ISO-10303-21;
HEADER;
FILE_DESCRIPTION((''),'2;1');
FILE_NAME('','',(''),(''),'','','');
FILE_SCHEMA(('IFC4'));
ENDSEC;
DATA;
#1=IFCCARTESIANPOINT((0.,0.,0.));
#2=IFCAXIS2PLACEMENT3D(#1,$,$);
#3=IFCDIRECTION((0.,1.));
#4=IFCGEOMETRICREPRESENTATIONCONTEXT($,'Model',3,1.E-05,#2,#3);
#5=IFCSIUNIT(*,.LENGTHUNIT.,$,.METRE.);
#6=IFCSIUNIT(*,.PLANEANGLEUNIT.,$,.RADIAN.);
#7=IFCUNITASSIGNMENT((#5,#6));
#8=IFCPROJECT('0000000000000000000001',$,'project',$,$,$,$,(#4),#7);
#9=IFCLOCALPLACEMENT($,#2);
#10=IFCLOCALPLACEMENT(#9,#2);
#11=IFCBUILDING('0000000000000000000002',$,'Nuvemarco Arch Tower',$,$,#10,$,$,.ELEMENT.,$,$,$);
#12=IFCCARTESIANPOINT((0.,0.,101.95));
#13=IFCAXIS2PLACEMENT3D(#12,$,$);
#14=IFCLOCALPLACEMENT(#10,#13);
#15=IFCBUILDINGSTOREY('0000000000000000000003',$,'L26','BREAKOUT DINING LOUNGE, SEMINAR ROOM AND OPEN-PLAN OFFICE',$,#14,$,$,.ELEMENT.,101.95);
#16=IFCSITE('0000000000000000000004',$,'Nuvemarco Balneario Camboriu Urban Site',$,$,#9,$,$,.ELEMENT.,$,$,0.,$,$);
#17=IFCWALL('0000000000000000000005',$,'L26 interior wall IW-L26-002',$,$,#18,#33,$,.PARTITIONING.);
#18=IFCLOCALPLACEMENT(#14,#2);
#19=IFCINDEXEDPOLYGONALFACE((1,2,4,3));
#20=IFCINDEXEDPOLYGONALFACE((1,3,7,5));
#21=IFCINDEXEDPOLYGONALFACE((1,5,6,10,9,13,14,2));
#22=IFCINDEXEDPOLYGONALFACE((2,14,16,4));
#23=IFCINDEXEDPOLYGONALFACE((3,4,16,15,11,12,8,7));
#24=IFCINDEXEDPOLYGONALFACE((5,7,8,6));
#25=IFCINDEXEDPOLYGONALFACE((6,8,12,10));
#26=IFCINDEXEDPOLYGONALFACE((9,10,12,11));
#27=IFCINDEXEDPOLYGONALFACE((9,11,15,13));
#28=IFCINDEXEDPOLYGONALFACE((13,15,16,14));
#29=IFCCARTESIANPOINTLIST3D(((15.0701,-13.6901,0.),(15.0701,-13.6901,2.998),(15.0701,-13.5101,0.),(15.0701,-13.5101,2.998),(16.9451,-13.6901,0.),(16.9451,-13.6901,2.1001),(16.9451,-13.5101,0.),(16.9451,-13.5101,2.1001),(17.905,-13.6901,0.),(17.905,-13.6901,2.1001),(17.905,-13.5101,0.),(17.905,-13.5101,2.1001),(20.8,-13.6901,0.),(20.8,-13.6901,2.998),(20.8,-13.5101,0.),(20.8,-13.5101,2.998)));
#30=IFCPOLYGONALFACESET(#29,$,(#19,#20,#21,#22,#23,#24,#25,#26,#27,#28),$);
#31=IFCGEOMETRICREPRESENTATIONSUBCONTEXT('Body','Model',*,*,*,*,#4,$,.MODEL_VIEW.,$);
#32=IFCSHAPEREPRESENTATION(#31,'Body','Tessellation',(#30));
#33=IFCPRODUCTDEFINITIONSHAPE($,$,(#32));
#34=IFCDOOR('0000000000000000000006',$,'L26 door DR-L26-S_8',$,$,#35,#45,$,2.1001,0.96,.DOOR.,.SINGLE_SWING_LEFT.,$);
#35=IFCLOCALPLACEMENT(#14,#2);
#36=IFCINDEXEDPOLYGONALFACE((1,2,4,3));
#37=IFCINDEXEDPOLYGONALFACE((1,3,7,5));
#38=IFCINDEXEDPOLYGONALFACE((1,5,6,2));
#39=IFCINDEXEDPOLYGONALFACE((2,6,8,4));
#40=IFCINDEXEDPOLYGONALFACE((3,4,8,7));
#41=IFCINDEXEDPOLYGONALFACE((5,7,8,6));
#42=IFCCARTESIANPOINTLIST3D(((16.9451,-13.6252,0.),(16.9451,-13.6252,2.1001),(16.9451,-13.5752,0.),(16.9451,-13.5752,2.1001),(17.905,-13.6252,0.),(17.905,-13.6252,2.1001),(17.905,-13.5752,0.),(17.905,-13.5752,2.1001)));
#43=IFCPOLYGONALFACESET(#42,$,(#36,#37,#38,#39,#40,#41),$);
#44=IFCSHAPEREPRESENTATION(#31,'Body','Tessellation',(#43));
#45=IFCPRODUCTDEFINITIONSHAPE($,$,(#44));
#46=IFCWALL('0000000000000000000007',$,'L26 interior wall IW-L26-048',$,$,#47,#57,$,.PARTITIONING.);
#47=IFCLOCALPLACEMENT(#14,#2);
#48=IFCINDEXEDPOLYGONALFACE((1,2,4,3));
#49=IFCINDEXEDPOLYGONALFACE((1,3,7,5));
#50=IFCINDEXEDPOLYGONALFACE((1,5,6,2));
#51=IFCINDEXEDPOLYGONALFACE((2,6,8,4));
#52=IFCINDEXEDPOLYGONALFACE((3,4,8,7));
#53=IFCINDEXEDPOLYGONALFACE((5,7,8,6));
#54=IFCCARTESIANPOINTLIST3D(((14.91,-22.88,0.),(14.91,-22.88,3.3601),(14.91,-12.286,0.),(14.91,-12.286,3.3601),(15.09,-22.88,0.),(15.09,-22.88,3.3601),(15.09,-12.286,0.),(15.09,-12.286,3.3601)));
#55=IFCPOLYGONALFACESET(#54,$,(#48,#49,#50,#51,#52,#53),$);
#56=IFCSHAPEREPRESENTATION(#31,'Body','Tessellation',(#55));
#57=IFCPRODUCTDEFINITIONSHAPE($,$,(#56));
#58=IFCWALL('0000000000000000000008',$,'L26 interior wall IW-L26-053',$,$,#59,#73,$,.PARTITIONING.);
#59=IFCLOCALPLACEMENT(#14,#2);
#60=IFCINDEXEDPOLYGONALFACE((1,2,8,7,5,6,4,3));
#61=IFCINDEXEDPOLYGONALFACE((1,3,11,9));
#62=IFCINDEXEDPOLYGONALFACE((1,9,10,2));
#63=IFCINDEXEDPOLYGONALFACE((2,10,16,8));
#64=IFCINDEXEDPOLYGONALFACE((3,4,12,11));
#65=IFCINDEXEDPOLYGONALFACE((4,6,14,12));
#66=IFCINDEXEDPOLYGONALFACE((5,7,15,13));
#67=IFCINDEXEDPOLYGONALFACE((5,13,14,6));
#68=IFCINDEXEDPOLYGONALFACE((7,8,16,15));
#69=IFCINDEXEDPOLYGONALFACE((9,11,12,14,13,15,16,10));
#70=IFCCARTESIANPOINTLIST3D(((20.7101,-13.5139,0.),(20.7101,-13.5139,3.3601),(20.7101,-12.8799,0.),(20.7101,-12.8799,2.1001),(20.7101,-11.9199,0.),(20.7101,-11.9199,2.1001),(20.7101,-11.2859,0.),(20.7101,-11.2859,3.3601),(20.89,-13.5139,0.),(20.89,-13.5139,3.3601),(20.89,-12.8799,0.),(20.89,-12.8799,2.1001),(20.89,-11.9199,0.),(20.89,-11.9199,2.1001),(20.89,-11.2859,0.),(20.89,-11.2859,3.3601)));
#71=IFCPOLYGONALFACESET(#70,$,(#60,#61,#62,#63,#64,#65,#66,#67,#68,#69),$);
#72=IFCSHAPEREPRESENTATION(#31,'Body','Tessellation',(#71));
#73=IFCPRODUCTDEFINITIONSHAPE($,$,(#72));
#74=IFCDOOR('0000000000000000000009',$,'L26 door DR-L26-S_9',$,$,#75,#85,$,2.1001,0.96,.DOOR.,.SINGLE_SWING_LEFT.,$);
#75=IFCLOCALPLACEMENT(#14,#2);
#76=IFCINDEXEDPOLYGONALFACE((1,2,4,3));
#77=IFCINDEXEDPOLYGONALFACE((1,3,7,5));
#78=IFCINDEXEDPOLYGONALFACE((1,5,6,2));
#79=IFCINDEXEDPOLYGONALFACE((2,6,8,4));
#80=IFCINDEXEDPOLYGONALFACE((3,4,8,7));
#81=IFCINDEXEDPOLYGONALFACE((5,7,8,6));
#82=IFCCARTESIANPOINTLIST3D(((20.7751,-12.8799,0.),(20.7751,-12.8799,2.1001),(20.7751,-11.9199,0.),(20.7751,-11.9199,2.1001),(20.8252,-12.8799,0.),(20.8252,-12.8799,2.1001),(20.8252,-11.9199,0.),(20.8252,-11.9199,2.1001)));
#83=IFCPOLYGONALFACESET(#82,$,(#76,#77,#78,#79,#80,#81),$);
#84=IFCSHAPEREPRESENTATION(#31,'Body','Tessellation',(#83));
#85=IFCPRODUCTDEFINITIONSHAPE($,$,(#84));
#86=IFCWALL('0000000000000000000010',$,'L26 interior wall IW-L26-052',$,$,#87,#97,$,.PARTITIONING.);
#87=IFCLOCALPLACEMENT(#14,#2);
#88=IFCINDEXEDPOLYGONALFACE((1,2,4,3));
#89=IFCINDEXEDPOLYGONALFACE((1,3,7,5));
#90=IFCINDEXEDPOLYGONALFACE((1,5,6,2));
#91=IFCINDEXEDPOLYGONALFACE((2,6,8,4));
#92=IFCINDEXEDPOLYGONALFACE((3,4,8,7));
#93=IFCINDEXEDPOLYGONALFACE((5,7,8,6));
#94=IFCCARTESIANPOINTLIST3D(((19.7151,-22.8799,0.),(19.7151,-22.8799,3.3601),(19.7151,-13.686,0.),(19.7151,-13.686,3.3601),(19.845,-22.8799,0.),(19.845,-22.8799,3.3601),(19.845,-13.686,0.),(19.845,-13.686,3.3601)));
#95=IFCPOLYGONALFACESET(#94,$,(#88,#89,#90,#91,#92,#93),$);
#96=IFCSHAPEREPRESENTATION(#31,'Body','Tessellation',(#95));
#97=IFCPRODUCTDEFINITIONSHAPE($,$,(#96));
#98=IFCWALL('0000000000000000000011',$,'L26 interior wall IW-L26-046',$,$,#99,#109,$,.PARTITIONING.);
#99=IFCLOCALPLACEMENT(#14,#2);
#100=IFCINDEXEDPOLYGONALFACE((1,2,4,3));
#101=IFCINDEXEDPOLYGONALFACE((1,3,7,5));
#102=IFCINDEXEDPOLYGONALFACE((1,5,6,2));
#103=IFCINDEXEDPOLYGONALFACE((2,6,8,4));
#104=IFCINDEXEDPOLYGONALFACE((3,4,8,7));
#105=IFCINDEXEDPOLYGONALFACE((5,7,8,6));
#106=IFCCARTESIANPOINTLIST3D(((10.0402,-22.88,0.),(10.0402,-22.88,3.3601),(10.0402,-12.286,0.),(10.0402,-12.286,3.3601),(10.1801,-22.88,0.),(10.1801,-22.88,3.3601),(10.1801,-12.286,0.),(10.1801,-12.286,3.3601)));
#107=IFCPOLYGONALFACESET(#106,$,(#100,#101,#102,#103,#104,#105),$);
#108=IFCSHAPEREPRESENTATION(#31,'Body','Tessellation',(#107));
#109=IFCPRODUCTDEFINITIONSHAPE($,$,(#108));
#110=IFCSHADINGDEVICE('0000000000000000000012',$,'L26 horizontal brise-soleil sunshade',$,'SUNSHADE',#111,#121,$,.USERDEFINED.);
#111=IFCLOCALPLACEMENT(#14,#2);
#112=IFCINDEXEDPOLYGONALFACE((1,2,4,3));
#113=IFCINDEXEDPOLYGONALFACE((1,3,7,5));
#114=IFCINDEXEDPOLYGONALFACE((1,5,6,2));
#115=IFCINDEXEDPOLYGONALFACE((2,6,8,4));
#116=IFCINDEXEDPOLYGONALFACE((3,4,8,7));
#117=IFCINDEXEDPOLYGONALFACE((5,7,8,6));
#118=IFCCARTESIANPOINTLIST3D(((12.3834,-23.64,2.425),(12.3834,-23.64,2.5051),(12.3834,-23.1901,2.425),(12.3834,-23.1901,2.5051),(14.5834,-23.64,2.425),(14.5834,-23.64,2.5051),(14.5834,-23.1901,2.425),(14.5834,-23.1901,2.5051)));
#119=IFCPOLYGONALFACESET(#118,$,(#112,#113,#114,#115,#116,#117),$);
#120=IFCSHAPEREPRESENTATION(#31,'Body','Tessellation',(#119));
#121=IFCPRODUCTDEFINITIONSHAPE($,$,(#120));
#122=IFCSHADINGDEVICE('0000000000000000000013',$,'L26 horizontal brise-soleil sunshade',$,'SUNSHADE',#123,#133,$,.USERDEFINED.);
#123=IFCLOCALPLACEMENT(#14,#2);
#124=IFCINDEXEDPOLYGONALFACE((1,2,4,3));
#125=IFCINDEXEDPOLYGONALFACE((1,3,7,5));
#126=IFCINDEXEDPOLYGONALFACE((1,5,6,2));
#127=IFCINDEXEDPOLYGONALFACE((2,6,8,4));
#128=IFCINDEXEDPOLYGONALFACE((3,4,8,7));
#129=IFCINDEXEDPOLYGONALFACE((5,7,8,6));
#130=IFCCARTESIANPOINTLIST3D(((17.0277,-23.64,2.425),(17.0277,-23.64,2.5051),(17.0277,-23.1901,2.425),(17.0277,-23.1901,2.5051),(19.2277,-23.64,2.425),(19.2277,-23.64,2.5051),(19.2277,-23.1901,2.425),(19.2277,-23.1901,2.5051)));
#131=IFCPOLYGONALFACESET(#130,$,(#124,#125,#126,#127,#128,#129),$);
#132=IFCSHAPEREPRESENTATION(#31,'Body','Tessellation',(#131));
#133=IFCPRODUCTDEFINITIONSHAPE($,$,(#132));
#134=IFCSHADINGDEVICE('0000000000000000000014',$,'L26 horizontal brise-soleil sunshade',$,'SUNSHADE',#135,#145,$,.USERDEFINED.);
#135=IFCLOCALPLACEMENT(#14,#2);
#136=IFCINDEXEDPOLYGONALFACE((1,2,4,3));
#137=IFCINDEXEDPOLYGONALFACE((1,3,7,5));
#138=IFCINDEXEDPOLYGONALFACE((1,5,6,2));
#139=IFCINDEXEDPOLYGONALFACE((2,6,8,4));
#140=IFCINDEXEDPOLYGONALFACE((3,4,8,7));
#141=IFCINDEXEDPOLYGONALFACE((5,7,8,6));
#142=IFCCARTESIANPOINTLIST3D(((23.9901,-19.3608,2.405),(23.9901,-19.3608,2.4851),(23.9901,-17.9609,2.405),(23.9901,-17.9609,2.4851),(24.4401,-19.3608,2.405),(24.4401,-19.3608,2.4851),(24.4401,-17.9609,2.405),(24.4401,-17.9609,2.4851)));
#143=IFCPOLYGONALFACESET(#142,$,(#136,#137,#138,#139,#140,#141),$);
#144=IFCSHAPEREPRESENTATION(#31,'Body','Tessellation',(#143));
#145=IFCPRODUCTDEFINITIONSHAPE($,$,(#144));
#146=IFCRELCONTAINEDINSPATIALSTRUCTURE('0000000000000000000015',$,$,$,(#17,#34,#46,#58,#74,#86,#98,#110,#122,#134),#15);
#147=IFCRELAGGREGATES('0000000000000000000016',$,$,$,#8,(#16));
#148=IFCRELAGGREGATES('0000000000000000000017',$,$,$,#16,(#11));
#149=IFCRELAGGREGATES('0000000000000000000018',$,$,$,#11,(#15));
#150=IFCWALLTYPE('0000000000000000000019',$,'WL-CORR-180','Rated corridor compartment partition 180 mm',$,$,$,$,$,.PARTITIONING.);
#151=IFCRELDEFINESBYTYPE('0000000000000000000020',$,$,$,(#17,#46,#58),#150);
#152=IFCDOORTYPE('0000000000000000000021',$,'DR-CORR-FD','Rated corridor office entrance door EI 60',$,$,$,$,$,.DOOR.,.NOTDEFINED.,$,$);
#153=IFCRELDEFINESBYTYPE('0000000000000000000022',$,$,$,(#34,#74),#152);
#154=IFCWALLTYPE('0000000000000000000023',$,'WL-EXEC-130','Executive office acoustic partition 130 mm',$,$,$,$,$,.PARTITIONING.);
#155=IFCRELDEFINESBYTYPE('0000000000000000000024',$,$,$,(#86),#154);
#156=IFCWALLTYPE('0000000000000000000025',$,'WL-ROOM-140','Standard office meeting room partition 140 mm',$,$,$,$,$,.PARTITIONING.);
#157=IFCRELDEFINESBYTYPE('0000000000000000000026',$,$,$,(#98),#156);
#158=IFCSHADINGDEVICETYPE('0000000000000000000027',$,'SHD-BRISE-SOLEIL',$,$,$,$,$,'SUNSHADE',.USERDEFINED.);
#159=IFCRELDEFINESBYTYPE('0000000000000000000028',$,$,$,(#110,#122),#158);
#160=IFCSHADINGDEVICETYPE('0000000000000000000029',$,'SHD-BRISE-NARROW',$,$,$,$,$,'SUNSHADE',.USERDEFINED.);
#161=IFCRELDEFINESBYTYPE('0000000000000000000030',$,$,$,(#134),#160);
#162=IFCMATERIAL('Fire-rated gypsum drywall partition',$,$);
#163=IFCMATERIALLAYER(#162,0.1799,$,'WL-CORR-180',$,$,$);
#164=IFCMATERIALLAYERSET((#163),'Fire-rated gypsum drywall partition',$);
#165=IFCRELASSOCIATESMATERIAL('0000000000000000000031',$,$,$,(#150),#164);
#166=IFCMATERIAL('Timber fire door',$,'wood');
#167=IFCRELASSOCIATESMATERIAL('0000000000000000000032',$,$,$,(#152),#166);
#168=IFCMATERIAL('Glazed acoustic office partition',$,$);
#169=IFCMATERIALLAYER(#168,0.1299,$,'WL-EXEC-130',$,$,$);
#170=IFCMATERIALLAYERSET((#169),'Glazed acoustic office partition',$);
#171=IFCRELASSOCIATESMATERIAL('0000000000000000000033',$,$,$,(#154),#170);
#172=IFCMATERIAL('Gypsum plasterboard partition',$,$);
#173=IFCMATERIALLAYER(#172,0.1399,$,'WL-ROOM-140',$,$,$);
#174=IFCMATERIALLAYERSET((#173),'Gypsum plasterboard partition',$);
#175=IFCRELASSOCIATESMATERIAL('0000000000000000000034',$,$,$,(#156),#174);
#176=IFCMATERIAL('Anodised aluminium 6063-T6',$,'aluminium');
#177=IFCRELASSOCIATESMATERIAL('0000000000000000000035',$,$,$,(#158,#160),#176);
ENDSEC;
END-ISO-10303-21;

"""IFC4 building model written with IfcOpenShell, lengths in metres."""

from ifc_helpers import new_model, si_unit, direction, frame, frame_2d, origin, origin_2d, place, context, subcontext, project, spatial, rectangle, extrude, source, transform, mapped, material, layer, layer_set, type_object, type_shapes, element, fill, save


model = new_model("IFC4")

# Units and contexts
model_context = context("Model", 3, precision=1e-05, world=origin(), true_north=direction((0.0, 1.0)))
body_context = subcontext(model_context, "Body", "Model", "MODEL_VIEW")
ifc_project = project(units=[si_unit("LENGTHUNIT", "METRE"), si_unit("PLANEANGLEUNIT", "RADIAN")], contexts=[model_context])

# Site, building, storey
site_placement = place(None, origin())
site = spatial("IfcSite", under=ifc_project, at=site_placement, Name="Nuvemarco Balneario Camboriu Urban Site", CompositionType="ELEMENT", RefElevation=0.0)
building_placement = place(site_placement, origin())
building = spatial("IfcBuilding", under=site, at=building_placement, Name="Nuvemarco Arch Tower", CompositionType="ELEMENT")
storey_placement = place(building_placement, frame((0.0, 0.0, 101.95)))
storey = spatial("IfcBuildingStorey", under=building, at=storey_placement, Name="L26", Description="BREAKOUT DINING LOUNGE, SEMINAR ROOM AND OPEN-PLAN OFFICE", CompositionType="ELEMENT", Elevation=101.95)

# Wall, opening, door
ifc_material_1 = material(Name="Fire-rated gypsum drywall partition")
ifc_layer_1 = layer(ifc_material_1, 0.1799, Name="WL-CORR-180")
ifc_layer_set_1 = layer_set([ifc_layer_1], Name="Fire-rated gypsum drywall partition")
wall_type_1 = type_object("IfcWallType", Name="WL-CORR-180", Description="Rated corridor compartment partition 180 mm", PredefinedType="PARTITIONING", material=ifc_layer_set_1)
wall_1_placement = place(storey_placement, frame((15.0701, -13.6001, 0.0), z_axis=(0.0, 0.0, 1.0), x_axis=(1.0, 0.0, 0.0)))
wall_1 = element("IfcWall", 1, at=wall_1_placement, inside=storey, type_object=wall_type_1, Name="L26 interior wall IW-L26-002", PredefinedType="PARTITIONING", context=body_context, shape_type="SweptSolid", body=[
    extrude(rectangle(XDim=5.73, YDim=0.1799, at=frame_2d((2.865, 0.0))), origin(), (0.0, 0.0, 1.0), 2.998),
])
opening_1_placement = place(wall_1_placement, frame((1.875, 0.0, 0.0)))
opening_1 = element("IfcOpeningElement", 2, at=opening_1_placement, cuts=wall_1, PredefinedType="OPENING", context=body_context, shape_type="SweptSolid", body=[
    extrude(rectangle(XDim=0.96, YDim=2.1001, at=frame_2d((0.48, 1.05))), frame((0.0, 0.0999, 0.0), z_axis=(0.0, -1.0, 0.0), x_axis=(1.0, 0.0, 0.0)), (0.0, 0.0, 1.0), 0.2),
])
ifc_material_2 = material(Name="Timber fire door", Category="wood")
door_type = type_object("IfcDoorType", Name="DR-CORR-FD", Description="Rated corridor office entrance door EI 60", OperationType="NOTDEFINED", PredefinedType="DOOR", material=ifc_material_2)
shared_shape_1 = source(origin(), body_context, "Body", "SweptSolid", [
    extrude(rectangle(XDim=0.96, YDim=2.1001, at=frame_2d((0.48, 1.05))), frame((0.0, 0.0249, 0.0), z_axis=(0.0, -1.0, 0.0), x_axis=(1.0, 0.0, 0.0)), (0.0, 0.0, 1.0), 0.05),
])
type_shapes(door_type, [shared_shape_1])
door_1_placement = place(opening_1_placement, origin())
door_1 = element("IfcDoor", 3, at=door_1_placement, inside=storey, type_object=door_type, Name="L26 door DR-L26-S_8", OperationType="SINGLE_SWING_LEFT", OverallHeight=2.1001, OverallWidth=0.96, PredefinedType="DOOR", context=body_context, shape_type="MappedRepresentation", body=[
    mapped(shared_shape_1, transform((0.0, 0.0, 0.0), scale=1.0)),
])
fill(opening_1, door_1)

# Wall
wall_2_placement = place(storey_placement, frame((15.0, -22.8799, 0.0), z_axis=(0.0, 0.0, 1.0), x_axis=(0.0, 1.0, 0.0)))
element("IfcWall", 4, at=wall_2_placement, inside=storey, type_object=wall_type_1, Name="L26 interior wall IW-L26-048", PredefinedType="PARTITIONING", context=body_context, shape_type="SweptSolid", body=[
    extrude(rectangle(XDim=10.594, YDim=0.1799, at=frame_2d((5.2969, 0.0))), origin(), (0.0, 0.0, 1.0), 3.3601),
])

# Wall, opening, door
wall_3_placement = place(storey_placement, frame((20.8, -13.5139, 0.0), z_axis=(0.0, 0.0, 1.0), x_axis=(0.0, 1.0, 0.0)))
wall_3 = element("IfcWall", 5, at=wall_3_placement, inside=storey, type_object=wall_type_1, Name="L26 interior wall IW-L26-053", PredefinedType="PARTITIONING", context=body_context, shape_type="SweptSolid", body=[
    extrude(rectangle(XDim=2.228, YDim=0.1799, at=frame_2d((1.114, 0.0))), origin(), (0.0, 0.0, 1.0), 3.3601),
])
opening_2_placement = place(wall_3_placement, frame((0.634, 0.0, 0.0)))
opening_2 = element("IfcOpeningElement", 6, at=opening_2_placement, cuts=wall_3, PredefinedType="OPENING", context=body_context, shape_type="SweptSolid", body=[
    extrude(rectangle(XDim=0.96, YDim=2.1001, at=frame_2d((0.48, 1.05))), frame((0.0, 0.0999, 0.0), z_axis=(0.0, -1.0, 0.0), x_axis=(1.0, 0.0, 0.0)), (0.0, 0.0, 1.0), 0.2),
])
door_2_placement = place(opening_2_placement, origin())
door_2 = element("IfcDoor", 7, at=door_2_placement, inside=storey, type_object=door_type, Name="L26 door DR-L26-S_9", OperationType="SINGLE_SWING_LEFT", OverallHeight=2.1001, OverallWidth=0.96, PredefinedType="DOOR", context=body_context, shape_type="MappedRepresentation", body=[
    mapped(shared_shape_1, transform((0.0, 0.0, 0.0), scale=1.0)),
])
fill(opening_2, door_2)

# Walls
ifc_material_3 = material(Name="Glazed acoustic office partition")
ifc_layer_2 = layer(ifc_material_3, 0.1299, Name="WL-EXEC-130")
ifc_layer_set_2 = layer_set([ifc_layer_2], Name="Glazed acoustic office partition")
wall_type_2 = type_object("IfcWallType", Name="WL-EXEC-130", Description="Executive office acoustic partition 130 mm", PredefinedType="PARTITIONING", material=ifc_layer_set_2)
wall_4_placement = place(storey_placement, frame((19.78, -22.8799, 0.0), z_axis=(0.0, 0.0, 1.0), x_axis=(0.0, 1.0, 0.0)))
element("IfcWall", 8, at=wall_4_placement, inside=storey, type_object=wall_type_2, Name="L26 interior wall IW-L26-052", PredefinedType="PARTITIONING", context=body_context, shape_type="SweptSolid", body=[
    extrude(rectangle(XDim=9.1938, YDim=0.1299, at=frame_2d((4.5969, 0.0))), origin(), (0.0, 0.0, 1.0), 3.3601),
])
ifc_material_4 = material(Name="Gypsum plasterboard partition")
ifc_layer_3 = layer(ifc_material_4, 0.1399, Name="WL-ROOM-140")
ifc_layer_set_3 = layer_set([ifc_layer_3], Name="Gypsum plasterboard partition")
wall_type_3 = type_object("IfcWallType", Name="WL-ROOM-140", Description="Standard office meeting room partition 140 mm", PredefinedType="PARTITIONING", material=ifc_layer_set_3)
wall_5_placement = place(storey_placement, frame((10.1101, -22.8799, 0.0), z_axis=(0.0, 0.0, 1.0), x_axis=(0.0, 1.0, 0.0)))
element("IfcWall", 9, at=wall_5_placement, inside=storey, type_object=wall_type_3, Name="L26 interior wall IW-L26-046", PredefinedType="PARTITIONING", context=body_context, shape_type="SweptSolid", body=[
    extrude(rectangle(XDim=10.594, YDim=0.1399, at=frame_2d((5.2969, 0.0))), origin(), (0.0, 0.0, 1.0), 3.3601),
])

# Shading devices
ifc_material_5 = material(Name="Anodised aluminium 6063-T6", Category="aluminium")
shading_device_type_1 = type_object("IfcShadingDeviceType", Name="SHD-BRISE-SOLEIL", ElementType="SUNSHADE", PredefinedType="USERDEFINED", material=ifc_material_5)
shared_shape_2 = source(origin(), body_context, "Body", "SweptSolid", [
    extrude(rectangle(XDim=2.2, YDim=0.45, at=origin_2d()), origin(), (0.0, 0.0, 1.0), 0.0801),
])
type_shapes(shading_device_type_1, [shared_shape_2])
for number, where, z_axis, x_axis, name in (
    (10, (13.4834, -23.415, 2.425), (0.0, 0.0, 1.0), (1.0, 0.0, 0.0), "L26 horizontal brise-soleil sunshade"),
    (11, (18.1277, -23.415, 2.425), (0.0, 0.0, 1.0), (1.0, 0.0, 0.0), "L26 horizontal brise-soleil sunshade"),
):
    element("IfcShadingDevice", number, at=place(storey_placement, frame(where, z_axis=z_axis, x_axis=x_axis)), inside=storey, type_object=shading_device_type_1, Name=name, ObjectType="SUNSHADE", PredefinedType="USERDEFINED", context=body_context, shape_type="MappedRepresentation", body=[
        mapped(shared_shape_2, transform((0.0, 0.0, 0.0), scale=1.0)),
    ])
shading_device_type_2 = type_object("IfcShadingDeviceType", Name="SHD-BRISE-NARROW", ElementType="SUNSHADE", PredefinedType="USERDEFINED", material=ifc_material_5)
shared_shape_3 = source(origin(), body_context, "Body", "SweptSolid", [
    extrude(rectangle(XDim=1.3999, YDim=0.45, at=origin_2d()), origin(), (0.0, 0.0, 1.0), 0.0801),
])
type_shapes(shading_device_type_2, [shared_shape_3])
shading_device_placement = place(storey_placement, frame((24.2151, -18.6609, 2.405), z_axis=(0.0, 0.0, 1.0), x_axis=(0.0, 1.0, 0.0)))
element("IfcShadingDevice", 12, at=shading_device_placement, inside=storey, type_object=shading_device_type_2, Name="L26 horizontal brise-soleil sunshade", ObjectType="SUNSHADE", PredefinedType="USERDEFINED", context=body_context, shape_type="MappedRepresentation", body=[
    mapped(shared_shape_3, transform((0.0, 0.0, 0.0), scale=1.0)),
])

save(model, "model.ifc")
